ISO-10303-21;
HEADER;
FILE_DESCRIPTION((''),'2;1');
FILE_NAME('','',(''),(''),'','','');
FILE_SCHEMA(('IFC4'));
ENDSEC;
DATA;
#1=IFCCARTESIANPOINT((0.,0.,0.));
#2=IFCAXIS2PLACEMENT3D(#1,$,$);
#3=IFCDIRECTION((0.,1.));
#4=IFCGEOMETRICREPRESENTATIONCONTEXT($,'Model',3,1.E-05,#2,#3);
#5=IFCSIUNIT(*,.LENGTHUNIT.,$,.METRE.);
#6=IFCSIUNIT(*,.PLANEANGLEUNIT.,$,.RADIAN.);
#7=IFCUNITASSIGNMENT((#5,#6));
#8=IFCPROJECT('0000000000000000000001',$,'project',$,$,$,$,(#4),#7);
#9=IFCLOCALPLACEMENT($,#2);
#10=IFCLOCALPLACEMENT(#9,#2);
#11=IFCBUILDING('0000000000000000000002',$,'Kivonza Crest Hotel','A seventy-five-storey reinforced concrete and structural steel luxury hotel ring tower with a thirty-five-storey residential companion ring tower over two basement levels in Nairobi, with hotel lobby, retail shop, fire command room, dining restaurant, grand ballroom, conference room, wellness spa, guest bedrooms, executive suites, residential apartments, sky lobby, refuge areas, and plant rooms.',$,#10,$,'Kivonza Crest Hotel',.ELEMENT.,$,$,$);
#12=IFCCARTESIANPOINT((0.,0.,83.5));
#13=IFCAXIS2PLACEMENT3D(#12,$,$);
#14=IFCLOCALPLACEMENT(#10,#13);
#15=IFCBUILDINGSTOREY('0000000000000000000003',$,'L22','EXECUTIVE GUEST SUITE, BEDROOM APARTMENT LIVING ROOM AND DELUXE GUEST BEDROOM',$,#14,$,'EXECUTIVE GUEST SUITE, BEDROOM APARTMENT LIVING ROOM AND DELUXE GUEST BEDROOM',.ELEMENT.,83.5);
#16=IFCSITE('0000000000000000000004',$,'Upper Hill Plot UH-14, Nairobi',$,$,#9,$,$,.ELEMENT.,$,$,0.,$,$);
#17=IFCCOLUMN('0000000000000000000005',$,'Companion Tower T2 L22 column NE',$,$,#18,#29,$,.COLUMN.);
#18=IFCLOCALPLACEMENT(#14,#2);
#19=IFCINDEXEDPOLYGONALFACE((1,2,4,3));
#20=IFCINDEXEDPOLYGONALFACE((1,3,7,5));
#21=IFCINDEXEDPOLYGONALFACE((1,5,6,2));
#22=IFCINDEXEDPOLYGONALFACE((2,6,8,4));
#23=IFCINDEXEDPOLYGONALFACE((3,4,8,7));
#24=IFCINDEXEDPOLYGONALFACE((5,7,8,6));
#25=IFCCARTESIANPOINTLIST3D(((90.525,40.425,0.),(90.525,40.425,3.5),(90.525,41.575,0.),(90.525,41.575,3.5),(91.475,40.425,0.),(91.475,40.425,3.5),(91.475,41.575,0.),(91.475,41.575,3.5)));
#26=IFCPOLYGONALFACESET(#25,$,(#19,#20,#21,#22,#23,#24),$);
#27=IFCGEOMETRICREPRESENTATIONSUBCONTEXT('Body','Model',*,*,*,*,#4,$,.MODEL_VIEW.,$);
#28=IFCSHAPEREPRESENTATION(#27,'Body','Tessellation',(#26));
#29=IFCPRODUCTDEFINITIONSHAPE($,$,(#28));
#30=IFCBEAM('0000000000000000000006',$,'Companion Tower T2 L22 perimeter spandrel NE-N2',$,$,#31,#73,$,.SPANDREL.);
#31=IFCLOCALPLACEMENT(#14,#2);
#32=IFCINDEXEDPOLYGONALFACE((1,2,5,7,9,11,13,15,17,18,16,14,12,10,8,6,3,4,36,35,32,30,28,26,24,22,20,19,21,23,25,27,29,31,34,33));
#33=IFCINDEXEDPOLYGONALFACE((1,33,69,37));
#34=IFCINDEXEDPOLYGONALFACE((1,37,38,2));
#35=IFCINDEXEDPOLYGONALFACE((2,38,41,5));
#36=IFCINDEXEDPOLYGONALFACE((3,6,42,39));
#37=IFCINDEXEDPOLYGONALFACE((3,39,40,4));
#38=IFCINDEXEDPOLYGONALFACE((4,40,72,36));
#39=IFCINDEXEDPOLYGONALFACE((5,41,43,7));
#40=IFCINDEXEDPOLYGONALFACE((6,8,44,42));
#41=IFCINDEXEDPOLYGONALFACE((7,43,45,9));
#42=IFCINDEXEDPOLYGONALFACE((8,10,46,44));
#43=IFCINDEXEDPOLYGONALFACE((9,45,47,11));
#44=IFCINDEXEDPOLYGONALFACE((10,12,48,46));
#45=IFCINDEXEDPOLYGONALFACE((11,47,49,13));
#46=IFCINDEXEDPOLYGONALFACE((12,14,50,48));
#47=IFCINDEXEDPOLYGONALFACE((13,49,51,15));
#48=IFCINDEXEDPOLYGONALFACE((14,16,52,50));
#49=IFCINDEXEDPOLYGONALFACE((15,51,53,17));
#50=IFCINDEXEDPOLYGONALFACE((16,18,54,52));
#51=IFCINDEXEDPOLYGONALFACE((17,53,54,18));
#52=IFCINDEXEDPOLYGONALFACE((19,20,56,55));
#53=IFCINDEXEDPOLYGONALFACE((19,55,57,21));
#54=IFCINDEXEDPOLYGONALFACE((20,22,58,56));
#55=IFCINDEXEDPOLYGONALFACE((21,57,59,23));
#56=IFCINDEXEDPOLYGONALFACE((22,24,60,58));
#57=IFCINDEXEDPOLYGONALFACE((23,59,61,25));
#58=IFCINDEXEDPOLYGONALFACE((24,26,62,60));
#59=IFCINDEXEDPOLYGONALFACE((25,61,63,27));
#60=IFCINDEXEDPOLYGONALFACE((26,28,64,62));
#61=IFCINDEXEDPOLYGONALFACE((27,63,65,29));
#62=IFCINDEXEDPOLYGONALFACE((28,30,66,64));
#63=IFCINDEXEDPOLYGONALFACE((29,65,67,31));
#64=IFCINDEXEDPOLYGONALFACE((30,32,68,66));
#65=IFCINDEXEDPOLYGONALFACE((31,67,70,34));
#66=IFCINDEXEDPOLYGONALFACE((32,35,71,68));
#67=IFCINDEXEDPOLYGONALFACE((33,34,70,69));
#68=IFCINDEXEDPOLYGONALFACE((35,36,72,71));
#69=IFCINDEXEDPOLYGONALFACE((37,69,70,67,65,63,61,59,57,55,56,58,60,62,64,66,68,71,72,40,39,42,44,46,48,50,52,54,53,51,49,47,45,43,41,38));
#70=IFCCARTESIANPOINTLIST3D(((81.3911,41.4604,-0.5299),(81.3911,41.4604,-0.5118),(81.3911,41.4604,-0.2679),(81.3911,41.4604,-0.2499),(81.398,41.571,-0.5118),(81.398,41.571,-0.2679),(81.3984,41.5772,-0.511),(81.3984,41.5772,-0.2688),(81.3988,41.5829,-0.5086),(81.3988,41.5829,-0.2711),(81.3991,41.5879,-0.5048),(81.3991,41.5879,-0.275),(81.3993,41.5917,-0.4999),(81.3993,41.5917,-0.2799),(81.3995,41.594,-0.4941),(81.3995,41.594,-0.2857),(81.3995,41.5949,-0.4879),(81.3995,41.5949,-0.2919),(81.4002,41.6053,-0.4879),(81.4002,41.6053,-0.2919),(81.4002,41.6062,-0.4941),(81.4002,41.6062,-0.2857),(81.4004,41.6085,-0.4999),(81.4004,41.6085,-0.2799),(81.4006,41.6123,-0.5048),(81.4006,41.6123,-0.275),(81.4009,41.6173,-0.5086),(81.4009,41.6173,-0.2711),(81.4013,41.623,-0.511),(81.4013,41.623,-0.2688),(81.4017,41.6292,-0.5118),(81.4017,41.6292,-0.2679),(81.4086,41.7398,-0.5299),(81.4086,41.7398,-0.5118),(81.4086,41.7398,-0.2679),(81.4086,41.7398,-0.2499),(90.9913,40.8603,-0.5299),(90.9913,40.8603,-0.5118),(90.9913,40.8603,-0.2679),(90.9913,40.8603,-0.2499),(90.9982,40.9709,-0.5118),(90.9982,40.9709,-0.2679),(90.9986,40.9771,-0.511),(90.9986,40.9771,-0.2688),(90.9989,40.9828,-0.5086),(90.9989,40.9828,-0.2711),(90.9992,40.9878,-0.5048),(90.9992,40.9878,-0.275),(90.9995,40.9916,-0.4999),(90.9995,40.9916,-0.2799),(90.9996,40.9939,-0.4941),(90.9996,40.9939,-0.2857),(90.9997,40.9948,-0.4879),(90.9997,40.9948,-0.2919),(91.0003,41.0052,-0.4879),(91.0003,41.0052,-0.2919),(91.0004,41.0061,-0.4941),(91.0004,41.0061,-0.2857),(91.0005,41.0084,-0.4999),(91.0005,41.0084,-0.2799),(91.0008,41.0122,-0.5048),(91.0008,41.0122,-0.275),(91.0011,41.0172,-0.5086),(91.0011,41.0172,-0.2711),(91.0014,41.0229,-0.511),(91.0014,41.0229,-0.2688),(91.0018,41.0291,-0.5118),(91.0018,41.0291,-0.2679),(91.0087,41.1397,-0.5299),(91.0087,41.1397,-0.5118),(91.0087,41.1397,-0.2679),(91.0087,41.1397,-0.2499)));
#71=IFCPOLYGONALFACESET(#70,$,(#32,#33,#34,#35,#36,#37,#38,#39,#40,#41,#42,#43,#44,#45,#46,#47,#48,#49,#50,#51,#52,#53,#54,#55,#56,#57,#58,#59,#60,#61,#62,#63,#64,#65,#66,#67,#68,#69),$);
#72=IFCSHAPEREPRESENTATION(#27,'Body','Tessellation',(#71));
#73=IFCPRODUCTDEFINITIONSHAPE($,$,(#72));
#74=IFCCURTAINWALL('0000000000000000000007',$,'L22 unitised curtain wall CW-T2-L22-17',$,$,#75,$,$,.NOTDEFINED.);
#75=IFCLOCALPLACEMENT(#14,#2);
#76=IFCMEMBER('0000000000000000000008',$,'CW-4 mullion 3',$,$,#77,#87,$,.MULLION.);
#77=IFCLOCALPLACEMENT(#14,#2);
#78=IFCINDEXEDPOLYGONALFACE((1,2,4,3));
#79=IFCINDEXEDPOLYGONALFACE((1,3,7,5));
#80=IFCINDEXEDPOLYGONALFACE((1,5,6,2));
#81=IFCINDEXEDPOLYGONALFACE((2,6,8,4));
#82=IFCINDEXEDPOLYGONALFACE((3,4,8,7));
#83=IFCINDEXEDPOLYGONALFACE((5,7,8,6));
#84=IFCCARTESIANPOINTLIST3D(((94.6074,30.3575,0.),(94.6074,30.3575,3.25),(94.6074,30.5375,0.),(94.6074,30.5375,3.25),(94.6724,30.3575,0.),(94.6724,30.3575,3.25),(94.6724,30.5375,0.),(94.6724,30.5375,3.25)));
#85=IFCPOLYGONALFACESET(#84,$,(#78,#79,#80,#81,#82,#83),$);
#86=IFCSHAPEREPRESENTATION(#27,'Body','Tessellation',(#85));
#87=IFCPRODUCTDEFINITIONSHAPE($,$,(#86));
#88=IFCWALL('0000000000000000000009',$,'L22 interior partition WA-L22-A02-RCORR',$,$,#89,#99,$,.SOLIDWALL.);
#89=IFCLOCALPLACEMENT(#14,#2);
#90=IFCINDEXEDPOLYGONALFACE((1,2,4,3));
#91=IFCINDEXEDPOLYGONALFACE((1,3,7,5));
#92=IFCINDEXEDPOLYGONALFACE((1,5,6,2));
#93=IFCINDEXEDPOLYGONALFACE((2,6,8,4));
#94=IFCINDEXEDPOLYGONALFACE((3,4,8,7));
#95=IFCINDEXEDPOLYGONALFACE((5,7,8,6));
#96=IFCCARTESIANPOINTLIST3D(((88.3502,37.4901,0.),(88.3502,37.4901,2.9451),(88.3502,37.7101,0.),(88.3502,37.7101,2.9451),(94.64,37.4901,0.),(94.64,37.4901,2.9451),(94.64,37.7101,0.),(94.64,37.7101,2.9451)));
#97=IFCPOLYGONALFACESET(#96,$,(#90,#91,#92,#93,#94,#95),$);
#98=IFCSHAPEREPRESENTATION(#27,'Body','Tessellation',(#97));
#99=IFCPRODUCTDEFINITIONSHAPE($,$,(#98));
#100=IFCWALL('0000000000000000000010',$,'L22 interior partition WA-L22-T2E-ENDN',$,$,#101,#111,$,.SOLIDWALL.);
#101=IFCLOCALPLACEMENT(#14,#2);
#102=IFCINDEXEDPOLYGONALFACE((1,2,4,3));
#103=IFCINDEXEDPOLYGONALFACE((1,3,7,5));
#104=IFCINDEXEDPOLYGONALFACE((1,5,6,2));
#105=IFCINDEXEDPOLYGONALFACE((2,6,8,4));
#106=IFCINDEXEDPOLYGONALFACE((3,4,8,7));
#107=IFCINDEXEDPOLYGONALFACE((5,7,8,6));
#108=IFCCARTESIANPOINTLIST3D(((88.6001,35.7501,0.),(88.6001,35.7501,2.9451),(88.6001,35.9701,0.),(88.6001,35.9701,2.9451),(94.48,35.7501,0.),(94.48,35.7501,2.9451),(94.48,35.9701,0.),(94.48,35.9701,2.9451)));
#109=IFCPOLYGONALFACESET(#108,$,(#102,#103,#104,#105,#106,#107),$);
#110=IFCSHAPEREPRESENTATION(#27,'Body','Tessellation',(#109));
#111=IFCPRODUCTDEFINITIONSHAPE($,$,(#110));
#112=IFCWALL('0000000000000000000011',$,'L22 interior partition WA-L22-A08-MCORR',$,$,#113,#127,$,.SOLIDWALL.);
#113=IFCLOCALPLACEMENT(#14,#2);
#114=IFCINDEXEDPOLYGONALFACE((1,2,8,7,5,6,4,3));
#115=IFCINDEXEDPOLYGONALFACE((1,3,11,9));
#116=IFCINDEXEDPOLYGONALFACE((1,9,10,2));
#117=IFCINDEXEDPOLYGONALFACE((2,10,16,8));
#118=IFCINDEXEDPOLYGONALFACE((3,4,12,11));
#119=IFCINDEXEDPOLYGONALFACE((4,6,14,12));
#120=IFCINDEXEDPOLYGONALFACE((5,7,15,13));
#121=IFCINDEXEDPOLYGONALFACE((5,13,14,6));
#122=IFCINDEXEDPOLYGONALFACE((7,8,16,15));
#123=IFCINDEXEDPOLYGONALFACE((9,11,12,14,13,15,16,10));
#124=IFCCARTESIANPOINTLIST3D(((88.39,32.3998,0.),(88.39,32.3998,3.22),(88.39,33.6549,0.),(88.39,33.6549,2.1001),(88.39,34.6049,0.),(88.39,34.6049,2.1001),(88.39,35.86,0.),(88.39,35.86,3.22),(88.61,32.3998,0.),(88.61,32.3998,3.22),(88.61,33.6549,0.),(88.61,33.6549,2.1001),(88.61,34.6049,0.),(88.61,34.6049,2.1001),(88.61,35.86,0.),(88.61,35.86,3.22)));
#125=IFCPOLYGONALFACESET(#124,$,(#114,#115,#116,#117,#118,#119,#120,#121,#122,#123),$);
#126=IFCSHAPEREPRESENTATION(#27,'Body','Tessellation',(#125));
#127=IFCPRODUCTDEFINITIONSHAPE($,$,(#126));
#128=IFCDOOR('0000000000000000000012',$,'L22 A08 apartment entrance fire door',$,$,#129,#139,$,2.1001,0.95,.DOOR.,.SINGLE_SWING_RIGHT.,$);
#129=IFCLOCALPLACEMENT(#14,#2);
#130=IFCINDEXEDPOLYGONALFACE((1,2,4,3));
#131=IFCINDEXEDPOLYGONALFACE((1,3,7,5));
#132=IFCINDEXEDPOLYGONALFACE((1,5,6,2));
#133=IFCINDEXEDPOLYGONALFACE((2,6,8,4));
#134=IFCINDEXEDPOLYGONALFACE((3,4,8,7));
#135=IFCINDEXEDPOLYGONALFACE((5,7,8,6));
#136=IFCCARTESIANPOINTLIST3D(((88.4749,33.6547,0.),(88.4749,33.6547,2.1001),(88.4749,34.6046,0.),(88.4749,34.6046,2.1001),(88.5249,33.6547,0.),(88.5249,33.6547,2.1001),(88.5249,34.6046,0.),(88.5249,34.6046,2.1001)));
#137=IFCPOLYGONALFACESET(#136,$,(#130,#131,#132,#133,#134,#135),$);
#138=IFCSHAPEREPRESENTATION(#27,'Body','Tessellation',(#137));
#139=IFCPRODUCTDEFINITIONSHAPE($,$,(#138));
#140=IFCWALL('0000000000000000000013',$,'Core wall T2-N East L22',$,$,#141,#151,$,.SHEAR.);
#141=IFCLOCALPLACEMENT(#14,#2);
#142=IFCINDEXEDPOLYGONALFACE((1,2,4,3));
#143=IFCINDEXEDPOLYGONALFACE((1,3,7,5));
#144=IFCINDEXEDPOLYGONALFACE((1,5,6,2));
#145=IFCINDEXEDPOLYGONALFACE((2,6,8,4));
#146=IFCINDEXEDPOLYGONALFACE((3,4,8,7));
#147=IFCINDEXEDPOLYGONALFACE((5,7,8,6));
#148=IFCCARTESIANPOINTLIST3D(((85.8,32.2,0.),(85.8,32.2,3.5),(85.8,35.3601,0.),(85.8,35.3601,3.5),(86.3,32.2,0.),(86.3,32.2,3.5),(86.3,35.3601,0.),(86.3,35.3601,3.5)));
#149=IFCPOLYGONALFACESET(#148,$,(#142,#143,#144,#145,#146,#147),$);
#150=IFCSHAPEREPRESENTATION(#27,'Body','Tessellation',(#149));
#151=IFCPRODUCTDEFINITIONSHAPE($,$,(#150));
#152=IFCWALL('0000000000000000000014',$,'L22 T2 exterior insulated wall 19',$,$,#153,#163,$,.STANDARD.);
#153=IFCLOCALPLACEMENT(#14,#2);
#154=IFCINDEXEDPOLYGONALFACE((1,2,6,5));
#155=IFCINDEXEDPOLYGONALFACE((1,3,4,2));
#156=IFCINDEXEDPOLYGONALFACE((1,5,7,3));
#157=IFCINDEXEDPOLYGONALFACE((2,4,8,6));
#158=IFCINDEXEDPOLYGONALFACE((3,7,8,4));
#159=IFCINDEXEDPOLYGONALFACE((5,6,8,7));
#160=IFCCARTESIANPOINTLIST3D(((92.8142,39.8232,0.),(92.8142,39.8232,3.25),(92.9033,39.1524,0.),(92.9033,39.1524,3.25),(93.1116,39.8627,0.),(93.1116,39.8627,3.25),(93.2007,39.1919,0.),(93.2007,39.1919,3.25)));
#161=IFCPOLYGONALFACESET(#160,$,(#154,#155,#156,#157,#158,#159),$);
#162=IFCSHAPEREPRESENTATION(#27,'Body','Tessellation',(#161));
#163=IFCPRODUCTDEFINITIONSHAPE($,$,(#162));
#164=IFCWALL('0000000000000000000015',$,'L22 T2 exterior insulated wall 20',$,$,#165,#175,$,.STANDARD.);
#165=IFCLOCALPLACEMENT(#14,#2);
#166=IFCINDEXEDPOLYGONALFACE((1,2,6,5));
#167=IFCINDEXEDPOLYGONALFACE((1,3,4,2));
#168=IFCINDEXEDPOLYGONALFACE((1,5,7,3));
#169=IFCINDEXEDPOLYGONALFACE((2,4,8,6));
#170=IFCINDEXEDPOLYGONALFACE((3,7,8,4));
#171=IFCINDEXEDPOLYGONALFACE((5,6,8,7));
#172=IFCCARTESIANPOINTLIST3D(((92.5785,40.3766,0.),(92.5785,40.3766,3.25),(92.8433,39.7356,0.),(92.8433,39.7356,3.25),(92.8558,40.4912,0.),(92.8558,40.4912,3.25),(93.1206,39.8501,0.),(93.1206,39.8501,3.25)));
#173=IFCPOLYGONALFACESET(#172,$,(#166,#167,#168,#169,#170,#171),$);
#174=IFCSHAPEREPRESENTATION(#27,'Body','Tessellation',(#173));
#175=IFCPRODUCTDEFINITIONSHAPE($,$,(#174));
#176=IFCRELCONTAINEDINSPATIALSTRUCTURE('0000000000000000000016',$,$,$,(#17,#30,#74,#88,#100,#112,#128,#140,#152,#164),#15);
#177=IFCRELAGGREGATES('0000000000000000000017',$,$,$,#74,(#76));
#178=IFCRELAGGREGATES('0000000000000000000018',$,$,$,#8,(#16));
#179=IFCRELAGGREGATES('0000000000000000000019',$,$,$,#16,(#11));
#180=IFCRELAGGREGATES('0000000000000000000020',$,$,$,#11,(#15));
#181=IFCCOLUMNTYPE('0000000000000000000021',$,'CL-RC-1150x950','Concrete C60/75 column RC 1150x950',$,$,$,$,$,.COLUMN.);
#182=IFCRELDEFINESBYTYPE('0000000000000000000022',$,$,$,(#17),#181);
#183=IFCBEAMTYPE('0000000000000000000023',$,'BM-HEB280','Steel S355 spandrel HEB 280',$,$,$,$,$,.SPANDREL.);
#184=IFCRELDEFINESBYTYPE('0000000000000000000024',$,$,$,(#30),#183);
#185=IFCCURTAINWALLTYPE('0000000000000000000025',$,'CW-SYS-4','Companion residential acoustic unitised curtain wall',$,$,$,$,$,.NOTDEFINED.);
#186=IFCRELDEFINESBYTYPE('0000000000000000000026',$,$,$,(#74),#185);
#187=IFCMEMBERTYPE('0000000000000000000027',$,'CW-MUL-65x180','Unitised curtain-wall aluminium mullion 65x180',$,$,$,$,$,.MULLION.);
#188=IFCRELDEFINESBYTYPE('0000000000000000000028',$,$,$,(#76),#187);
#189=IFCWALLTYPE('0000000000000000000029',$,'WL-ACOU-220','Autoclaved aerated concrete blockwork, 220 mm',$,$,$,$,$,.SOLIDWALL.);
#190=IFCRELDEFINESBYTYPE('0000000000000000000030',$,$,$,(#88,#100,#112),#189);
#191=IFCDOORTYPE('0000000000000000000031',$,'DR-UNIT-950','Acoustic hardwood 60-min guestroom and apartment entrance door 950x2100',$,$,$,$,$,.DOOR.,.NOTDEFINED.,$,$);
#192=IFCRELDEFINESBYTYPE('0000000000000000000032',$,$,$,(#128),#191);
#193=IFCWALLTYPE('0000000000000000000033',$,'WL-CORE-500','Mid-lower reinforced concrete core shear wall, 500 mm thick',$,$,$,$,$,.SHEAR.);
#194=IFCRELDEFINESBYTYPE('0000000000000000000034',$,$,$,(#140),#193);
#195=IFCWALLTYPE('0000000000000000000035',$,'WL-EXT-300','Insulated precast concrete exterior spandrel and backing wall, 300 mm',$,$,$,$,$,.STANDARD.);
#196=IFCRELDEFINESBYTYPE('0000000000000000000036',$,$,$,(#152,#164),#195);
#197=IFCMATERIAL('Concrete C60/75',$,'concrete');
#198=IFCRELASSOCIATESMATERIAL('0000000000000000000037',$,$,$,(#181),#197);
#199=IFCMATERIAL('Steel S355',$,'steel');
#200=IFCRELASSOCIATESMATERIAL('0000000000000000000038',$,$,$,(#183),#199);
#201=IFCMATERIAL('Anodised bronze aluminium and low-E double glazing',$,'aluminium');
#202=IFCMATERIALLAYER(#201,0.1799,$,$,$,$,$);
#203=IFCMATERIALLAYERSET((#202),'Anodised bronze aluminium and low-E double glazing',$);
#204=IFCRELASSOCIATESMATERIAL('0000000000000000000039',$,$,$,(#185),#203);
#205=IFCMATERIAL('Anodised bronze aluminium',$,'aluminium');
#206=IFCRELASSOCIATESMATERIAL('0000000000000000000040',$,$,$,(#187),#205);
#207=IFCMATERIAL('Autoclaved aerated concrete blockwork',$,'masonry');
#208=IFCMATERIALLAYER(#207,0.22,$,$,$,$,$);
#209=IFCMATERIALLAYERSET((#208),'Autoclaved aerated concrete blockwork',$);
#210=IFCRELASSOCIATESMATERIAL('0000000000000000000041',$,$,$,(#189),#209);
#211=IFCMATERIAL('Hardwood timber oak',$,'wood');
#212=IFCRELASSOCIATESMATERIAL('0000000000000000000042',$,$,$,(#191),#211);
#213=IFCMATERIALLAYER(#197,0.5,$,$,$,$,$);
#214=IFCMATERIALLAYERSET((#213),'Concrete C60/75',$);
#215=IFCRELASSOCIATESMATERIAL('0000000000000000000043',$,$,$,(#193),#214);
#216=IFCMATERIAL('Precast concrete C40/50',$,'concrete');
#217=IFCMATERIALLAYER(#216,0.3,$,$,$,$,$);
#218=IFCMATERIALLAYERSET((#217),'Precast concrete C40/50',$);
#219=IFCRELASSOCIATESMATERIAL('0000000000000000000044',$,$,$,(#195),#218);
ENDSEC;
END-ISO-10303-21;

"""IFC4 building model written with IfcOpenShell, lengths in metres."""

from ifc_helpers import new_model, si_unit, direction, frame, frame_2d, origin, origin_2d, place, context, subcontext, project, spatial, rectangle, i_section, extrude, material, layer, layer_set, material_profile, profile_set, type_object, element, fill, aggregate, save


model = new_model("IFC4")

# Units and contexts
model_context = context("Model", 3, precision=1e-05, world=origin(), true_north=direction((0.0, 1.0)))
body_context = subcontext(model_context, "Body", "Model", "MODEL_VIEW")
ifc_project = project(units=[si_unit("LENGTHUNIT", "METRE"), si_unit("PLANEANGLEUNIT", "RADIAN")], contexts=[model_context])

# Site, building, storey
site_placement = place(None, origin())
site = spatial("IfcSite", under=ifc_project, at=site_placement, Name="Upper Hill Plot UH-14, Nairobi", CompositionType="ELEMENT", RefElevation=0.0)
building_placement = place(site_placement, origin())
building = spatial("IfcBuilding", under=site, at=building_placement, Name="Kivonza Crest Hotel", Description="A seventy-five-storey reinforced concrete and structural steel luxury hotel ring tower with a thirty-five-storey residential companion ring tower over two basement levels in Nairobi, with hotel lobby, retail shop, fire command room, dining restaurant, grand ballroom, conference room, wellness spa, guest bedrooms, executive suites, residential apartments, sky lobby, refuge areas, and plant rooms.", LongName="Kivonza Crest Hotel", CompositionType="ELEMENT")
storey_placement = place(building_placement, frame((0.0, 0.0, 83.5)))
storey = spatial("IfcBuildingStorey", under=building, at=storey_placement, Name="L22", Description="EXECUTIVE GUEST SUITE, BEDROOM APARTMENT LIVING ROOM AND DELUXE GUEST BEDROOM", LongName="EXECUTIVE GUEST SUITE, BEDROOM APARTMENT LIVING ROOM AND DELUXE GUEST BEDROOM", CompositionType="ELEMENT", Elevation=83.5)

# Column
ifc_material_1 = material(Name="Concrete C60/75", Category="concrete")
ifc_material_profile_1 = material_profile(ifc_material_1, rectangle(XDim=0.95, YDim=1.1499, at=origin_2d()), Name="RC 1150x950")
ifc_profile_set_1 = profile_set([ifc_material_profile_1], Name="Concrete C60/75")
column_type = type_object("IfcColumnType", Name="CL-RC-1150x950", Description="Concrete C60/75 column RC 1150x950", PredefinedType="COLUMN", material=ifc_profile_set_1)
column_placement = place(storey_placement, frame((91.0, 41.0, 0.0), z_axis=(0.0, 0.0, 1.0), x_axis=(1.0, 0.0, 0.0)))
element("IfcColumn", 1, at=column_placement, inside=storey, type_object=column_type, Name="Companion Tower T2 L22 column NE", PredefinedType="COLUMN", context=body_context, shape_type="SweptSolid", body=[
    extrude(rectangle(XDim=0.95, YDim=1.1499, at=origin_2d()), origin(), (0.0, 0.0, 1.0), 3.5),
])

# Beam
ifc_material_2 = material(Name="Steel S355", Category="steel")
ifc_material_profile_2 = material_profile(ifc_material_2, i_section(OverallWidth=0.28, OverallDepth=0.28, WebThickness=0.0105, FlangeThickness=0.0181, FilletRadius=0.0239, at=origin_2d()), Name="HEB 280")
ifc_profile_set_2 = profile_set([ifc_material_profile_2], Name="Steel S355")
beam_type = type_object("IfcBeamType", Name="BM-HEB280", Description="Steel S355 spandrel HEB 280", PredefinedType="SPANDREL", material=ifc_profile_set_2)
beam_placement = place(storey_placement, frame((91.0, 41.0, -0.3899), z_axis=(-0.998052, 0.062388, 0.0), x_axis=(-0.062388, -0.998052, 0.0)))
element("IfcBeam", 2, at=beam_placement, inside=storey, type_object=beam_type, Name="Companion Tower T2 L22 perimeter spandrel NE-N2", PredefinedType="SPANDREL", context=body_context, shape_type="SweptSolid", body=[
    extrude(i_section(OverallWidth=0.28, OverallDepth=0.28, WebThickness=0.0105, FlangeThickness=0.0181, FilletRadius=0.0239, at=origin_2d()), origin(), (0.0, 0.0, 1.0), 9.6189),
])

# Curtain wall, member
ifc_material_3 = material(Name="Anodised bronze aluminium and low-E double glazing", Category="aluminium")
ifc_layer_1 = layer(ifc_material_3, 0.1799)
ifc_layer_set_1 = layer_set([ifc_layer_1], Name="Anodised bronze aluminium and low-E double glazing")
curtain_wall_type = type_object("IfcCurtainWallType", Name="CW-SYS-4", Description="Companion residential acoustic unitised curtain wall", PredefinedType="NOTDEFINED", material=ifc_layer_set_1)
curtain_wall_placement = place(storey_placement, origin())
curtain_wall = element("IfcCurtainWall", 3, at=curtain_wall_placement, inside=storey, type_object=curtain_wall_type, Name="L22 unitised curtain wall CW-T2-L22-17", PredefinedType="NOTDEFINED")
ifc_material_4 = material(Name="Anodised bronze aluminium", Category="aluminium")
ifc_material_profile_3 = material_profile(ifc_material_4, rectangle(XDim=0.0649, YDim=0.1799, at=origin_2d()), Name="CW-M 65x180")
ifc_profile_set_3 = profile_set([ifc_material_profile_3], Name="Anodised bronze aluminium")
member_type = type_object("IfcMemberType", Name="CW-MUL-65x180", Description="Unitised curtain-wall aluminium mullion 65x180", PredefinedType="MULLION", material=ifc_profile_set_3)
member_placement = place(storey_placement, frame((94.6399, 30.4475, 0.0), z_axis=(0.0, 0.0, 1.0), x_axis=(-1.0, 0.0, 0.0)))
member = element("IfcMember", 4, at=member_placement, type_object=member_type, Name="CW-4 mullion 3", PredefinedType="MULLION", context=body_context, shape_type="SweptSolid", body=[
    extrude(rectangle(XDim=0.0649, YDim=0.1799, at=origin_2d()), origin(), (0.0, 0.0, 1.0), 3.25),
])
aggregate(curtain_wall, [member])

# Walls
ifc_material_5 = material(Name="Autoclaved aerated concrete blockwork", Category="masonry")
ifc_layer_2 = layer(ifc_material_5, 0.22)
ifc_layer_set_2 = layer_set([ifc_layer_2], Name="Autoclaved aerated concrete blockwork")
wall_type_1 = type_object("IfcWallType", Name="WL-ACOU-220", Description="Autoclaved aerated concrete blockwork, 220 mm", PredefinedType="SOLIDWALL", material=ifc_layer_set_2)
wall_1_placement = place(storey_placement, frame((88.3501, 37.6001, 0.0), z_axis=(0.0, 0.0, 1.0), x_axis=(1.0, 0.0, 0.0)))
element("IfcWall", 5, at=wall_1_placement, inside=storey, type_object=wall_type_1, Name="L22 interior partition WA-L22-A02-RCORR", PredefinedType="SOLIDWALL", context=body_context, shape_type="SweptSolid", body=[
    extrude(rectangle(XDim=6.2898, YDim=0.22, at=frame_2d((3.145, 0.0))), origin(), (0.0, 0.0, 1.0), 2.9451),
])
wall_2_placement = place(storey_placement, frame((88.6001, 35.8601, 0.0), z_axis=(0.0, 0.0, 1.0), x_axis=(1.0, 0.0, 0.0)))
element("IfcWall", 6, at=wall_2_placement, inside=storey, type_object=wall_type_1, Name="L22 interior partition WA-L22-T2E-ENDN", PredefinedType="SOLIDWALL", context=body_context, shape_type="SweptSolid", body=[
    extrude(rectangle(XDim=5.8799, YDim=0.22, at=frame_2d((2.9399, 0.0))), origin(), (0.0, 0.0, 1.0), 2.9451),
])

# Wall, opening, door
wall_3_placement = place(storey_placement, frame((88.5, 32.3999, 0.0), z_axis=(0.0, 0.0, 1.0), x_axis=(0.0, 1.0, 0.0)))
wall_3 = element("IfcWall", 7, at=wall_3_placement, inside=storey, type_object=wall_type_1, Name="L22 interior partition WA-L22-A08-MCORR", PredefinedType="SOLIDWALL", context=body_context, shape_type="SweptSolid", body=[
    extrude(rectangle(XDim=3.4602, YDim=0.22, at=frame_2d((1.73, 0.0))), origin(), (0.0, 0.0, 1.0), 3.22),
])
opening_1_placement = place(wall_3_placement, frame((1.2549, 0.0, 0.0)))
opening_1 = element("IfcOpeningElement", 8, at=opening_1_placement, cuts=wall_3, PredefinedType="OPENING", context=body_context, shape_type="SweptSolid", body=[
    extrude(rectangle(XDim=0.95, YDim=2.1001, at=frame_2d((0.4751, 1.05))), frame((0.0, 0.1201, 0.0), z_axis=(0.0, -1.0, 0.0), x_axis=(1.0, 0.0, 0.0)), (0.0, 0.0, 1.0), 0.24),
])
ifc_material_6 = material(Name="Hardwood timber oak", Category="wood")
door_type_1 = type_object("IfcDoorType", Name="DR-UNIT-950", Description="Acoustic hardwood 60-min guestroom and apartment entrance door 950x2100", OperationType="NOTDEFINED", PredefinedType="DOOR", material=ifc_material_6)
door_1_placement = place(opening_1_placement, frame((0.95, 0.0, 0.0), z_axis=(0.0, 0.0, 1.0), x_axis=(-1.0, 0.0, 0.0)))
door_1 = element("IfcDoor", 9, at=door_1_placement, inside=storey, type_object=door_type_1, Name="L22 A08 apartment entrance fire door", OperationType="SINGLE_SWING_RIGHT", OverallHeight=2.1001, OverallWidth=0.95, PredefinedType="DOOR", context=body_context, shape_type="SweptSolid", body=[
    extrude(rectangle(XDim=0.95, YDim=2.1001, at=frame_2d((0.4751, 1.05))), frame((0.0, 0.0249, 0.0), z_axis=(0.0, -1.0, 0.0), x_axis=(1.0, 0.0, 0.0)), (0.0, 0.0, 1.0), 0.05),
])
fill(opening_1, door_1)

# Walls
ifc_layer_3 = layer(ifc_material_1, 0.5)
ifc_layer_set_3 = layer_set([ifc_layer_3], Name="Concrete C60/75")
wall_type_2 = type_object("IfcWallType", Name="WL-CORE-500", Description="Mid-lower reinforced concrete core shear wall, 500 mm thick", PredefinedType="SHEAR", material=ifc_layer_set_3)
wall_4_placement = place(storey_placement, frame((86.05, 32.2, 0.0), z_axis=(0.0, 0.0, 1.0), x_axis=(0.0, 1.0, 0.0)))
element("IfcWall", 10, at=wall_4_placement, inside=storey, type_object=wall_type_2, Name="Core wall T2-N East L22", PredefinedType="SHEAR", context=body_context, shape_type="SweptSolid", body=[
    extrude(rectangle(XDim=3.1602, YDim=0.5, at=frame_2d((1.5801, 0.0))), origin(), (0.0, 0.0, 1.0), 3.5),
])
ifc_material_7 = material(Name="Precast concrete C40/50", Category="concrete")
ifc_layer_4 = layer(ifc_material_7, 0.3)
ifc_layer_set_4 = layer_set([ifc_layer_4], Name="Precast concrete C40/50")
wall_type_3 = type_object("IfcWallType", Name="WL-EXT-300", Description="Insulated precast concrete exterior spandrel and backing wall, 300 mm", PredefinedType="STANDARD", material=ifc_layer_set_4)
wall_5_placement = place(storey_placement, frame((93.052, 39.1721, 0.0), z_axis=(0.0, 0.0, 1.0), x_axis=(-0.131667, 0.991294, 0.0)))
element("IfcWall", 11, at=wall_5_placement, inside=storey, type_object=wall_type_3, Name="L22 T2 exterior insulated wall 19", PredefinedType="STANDARD", context=body_context, shape_type="SweptSolid", body=[
    extrude(rectangle(XDim=0.6768, YDim=0.3, at=frame_2d((0.3384, 0.0))), origin(), (0.0, 0.0, 1.0), 3.25),
])
wall_6_placement = place(storey_placement, frame((92.9819, 39.793, 0.0), z_axis=(0.0, 0.0, 1.0), x_axis=(-0.381865, 0.924218, 0.0)))
element("IfcWall", 12, at=wall_6_placement, inside=storey, type_object=wall_type_3, Name="L22 T2 exterior insulated wall 20", PredefinedType="STANDARD", context=body_context, shape_type="SweptSolid", body=[
    extrude(rectangle(XDim=0.6936, YDim=0.3, at=frame_2d((0.3467, 0.0))), origin(), (0.0, 0.0, 1.0), 3.25),
])

save(model, "model.ifc")
